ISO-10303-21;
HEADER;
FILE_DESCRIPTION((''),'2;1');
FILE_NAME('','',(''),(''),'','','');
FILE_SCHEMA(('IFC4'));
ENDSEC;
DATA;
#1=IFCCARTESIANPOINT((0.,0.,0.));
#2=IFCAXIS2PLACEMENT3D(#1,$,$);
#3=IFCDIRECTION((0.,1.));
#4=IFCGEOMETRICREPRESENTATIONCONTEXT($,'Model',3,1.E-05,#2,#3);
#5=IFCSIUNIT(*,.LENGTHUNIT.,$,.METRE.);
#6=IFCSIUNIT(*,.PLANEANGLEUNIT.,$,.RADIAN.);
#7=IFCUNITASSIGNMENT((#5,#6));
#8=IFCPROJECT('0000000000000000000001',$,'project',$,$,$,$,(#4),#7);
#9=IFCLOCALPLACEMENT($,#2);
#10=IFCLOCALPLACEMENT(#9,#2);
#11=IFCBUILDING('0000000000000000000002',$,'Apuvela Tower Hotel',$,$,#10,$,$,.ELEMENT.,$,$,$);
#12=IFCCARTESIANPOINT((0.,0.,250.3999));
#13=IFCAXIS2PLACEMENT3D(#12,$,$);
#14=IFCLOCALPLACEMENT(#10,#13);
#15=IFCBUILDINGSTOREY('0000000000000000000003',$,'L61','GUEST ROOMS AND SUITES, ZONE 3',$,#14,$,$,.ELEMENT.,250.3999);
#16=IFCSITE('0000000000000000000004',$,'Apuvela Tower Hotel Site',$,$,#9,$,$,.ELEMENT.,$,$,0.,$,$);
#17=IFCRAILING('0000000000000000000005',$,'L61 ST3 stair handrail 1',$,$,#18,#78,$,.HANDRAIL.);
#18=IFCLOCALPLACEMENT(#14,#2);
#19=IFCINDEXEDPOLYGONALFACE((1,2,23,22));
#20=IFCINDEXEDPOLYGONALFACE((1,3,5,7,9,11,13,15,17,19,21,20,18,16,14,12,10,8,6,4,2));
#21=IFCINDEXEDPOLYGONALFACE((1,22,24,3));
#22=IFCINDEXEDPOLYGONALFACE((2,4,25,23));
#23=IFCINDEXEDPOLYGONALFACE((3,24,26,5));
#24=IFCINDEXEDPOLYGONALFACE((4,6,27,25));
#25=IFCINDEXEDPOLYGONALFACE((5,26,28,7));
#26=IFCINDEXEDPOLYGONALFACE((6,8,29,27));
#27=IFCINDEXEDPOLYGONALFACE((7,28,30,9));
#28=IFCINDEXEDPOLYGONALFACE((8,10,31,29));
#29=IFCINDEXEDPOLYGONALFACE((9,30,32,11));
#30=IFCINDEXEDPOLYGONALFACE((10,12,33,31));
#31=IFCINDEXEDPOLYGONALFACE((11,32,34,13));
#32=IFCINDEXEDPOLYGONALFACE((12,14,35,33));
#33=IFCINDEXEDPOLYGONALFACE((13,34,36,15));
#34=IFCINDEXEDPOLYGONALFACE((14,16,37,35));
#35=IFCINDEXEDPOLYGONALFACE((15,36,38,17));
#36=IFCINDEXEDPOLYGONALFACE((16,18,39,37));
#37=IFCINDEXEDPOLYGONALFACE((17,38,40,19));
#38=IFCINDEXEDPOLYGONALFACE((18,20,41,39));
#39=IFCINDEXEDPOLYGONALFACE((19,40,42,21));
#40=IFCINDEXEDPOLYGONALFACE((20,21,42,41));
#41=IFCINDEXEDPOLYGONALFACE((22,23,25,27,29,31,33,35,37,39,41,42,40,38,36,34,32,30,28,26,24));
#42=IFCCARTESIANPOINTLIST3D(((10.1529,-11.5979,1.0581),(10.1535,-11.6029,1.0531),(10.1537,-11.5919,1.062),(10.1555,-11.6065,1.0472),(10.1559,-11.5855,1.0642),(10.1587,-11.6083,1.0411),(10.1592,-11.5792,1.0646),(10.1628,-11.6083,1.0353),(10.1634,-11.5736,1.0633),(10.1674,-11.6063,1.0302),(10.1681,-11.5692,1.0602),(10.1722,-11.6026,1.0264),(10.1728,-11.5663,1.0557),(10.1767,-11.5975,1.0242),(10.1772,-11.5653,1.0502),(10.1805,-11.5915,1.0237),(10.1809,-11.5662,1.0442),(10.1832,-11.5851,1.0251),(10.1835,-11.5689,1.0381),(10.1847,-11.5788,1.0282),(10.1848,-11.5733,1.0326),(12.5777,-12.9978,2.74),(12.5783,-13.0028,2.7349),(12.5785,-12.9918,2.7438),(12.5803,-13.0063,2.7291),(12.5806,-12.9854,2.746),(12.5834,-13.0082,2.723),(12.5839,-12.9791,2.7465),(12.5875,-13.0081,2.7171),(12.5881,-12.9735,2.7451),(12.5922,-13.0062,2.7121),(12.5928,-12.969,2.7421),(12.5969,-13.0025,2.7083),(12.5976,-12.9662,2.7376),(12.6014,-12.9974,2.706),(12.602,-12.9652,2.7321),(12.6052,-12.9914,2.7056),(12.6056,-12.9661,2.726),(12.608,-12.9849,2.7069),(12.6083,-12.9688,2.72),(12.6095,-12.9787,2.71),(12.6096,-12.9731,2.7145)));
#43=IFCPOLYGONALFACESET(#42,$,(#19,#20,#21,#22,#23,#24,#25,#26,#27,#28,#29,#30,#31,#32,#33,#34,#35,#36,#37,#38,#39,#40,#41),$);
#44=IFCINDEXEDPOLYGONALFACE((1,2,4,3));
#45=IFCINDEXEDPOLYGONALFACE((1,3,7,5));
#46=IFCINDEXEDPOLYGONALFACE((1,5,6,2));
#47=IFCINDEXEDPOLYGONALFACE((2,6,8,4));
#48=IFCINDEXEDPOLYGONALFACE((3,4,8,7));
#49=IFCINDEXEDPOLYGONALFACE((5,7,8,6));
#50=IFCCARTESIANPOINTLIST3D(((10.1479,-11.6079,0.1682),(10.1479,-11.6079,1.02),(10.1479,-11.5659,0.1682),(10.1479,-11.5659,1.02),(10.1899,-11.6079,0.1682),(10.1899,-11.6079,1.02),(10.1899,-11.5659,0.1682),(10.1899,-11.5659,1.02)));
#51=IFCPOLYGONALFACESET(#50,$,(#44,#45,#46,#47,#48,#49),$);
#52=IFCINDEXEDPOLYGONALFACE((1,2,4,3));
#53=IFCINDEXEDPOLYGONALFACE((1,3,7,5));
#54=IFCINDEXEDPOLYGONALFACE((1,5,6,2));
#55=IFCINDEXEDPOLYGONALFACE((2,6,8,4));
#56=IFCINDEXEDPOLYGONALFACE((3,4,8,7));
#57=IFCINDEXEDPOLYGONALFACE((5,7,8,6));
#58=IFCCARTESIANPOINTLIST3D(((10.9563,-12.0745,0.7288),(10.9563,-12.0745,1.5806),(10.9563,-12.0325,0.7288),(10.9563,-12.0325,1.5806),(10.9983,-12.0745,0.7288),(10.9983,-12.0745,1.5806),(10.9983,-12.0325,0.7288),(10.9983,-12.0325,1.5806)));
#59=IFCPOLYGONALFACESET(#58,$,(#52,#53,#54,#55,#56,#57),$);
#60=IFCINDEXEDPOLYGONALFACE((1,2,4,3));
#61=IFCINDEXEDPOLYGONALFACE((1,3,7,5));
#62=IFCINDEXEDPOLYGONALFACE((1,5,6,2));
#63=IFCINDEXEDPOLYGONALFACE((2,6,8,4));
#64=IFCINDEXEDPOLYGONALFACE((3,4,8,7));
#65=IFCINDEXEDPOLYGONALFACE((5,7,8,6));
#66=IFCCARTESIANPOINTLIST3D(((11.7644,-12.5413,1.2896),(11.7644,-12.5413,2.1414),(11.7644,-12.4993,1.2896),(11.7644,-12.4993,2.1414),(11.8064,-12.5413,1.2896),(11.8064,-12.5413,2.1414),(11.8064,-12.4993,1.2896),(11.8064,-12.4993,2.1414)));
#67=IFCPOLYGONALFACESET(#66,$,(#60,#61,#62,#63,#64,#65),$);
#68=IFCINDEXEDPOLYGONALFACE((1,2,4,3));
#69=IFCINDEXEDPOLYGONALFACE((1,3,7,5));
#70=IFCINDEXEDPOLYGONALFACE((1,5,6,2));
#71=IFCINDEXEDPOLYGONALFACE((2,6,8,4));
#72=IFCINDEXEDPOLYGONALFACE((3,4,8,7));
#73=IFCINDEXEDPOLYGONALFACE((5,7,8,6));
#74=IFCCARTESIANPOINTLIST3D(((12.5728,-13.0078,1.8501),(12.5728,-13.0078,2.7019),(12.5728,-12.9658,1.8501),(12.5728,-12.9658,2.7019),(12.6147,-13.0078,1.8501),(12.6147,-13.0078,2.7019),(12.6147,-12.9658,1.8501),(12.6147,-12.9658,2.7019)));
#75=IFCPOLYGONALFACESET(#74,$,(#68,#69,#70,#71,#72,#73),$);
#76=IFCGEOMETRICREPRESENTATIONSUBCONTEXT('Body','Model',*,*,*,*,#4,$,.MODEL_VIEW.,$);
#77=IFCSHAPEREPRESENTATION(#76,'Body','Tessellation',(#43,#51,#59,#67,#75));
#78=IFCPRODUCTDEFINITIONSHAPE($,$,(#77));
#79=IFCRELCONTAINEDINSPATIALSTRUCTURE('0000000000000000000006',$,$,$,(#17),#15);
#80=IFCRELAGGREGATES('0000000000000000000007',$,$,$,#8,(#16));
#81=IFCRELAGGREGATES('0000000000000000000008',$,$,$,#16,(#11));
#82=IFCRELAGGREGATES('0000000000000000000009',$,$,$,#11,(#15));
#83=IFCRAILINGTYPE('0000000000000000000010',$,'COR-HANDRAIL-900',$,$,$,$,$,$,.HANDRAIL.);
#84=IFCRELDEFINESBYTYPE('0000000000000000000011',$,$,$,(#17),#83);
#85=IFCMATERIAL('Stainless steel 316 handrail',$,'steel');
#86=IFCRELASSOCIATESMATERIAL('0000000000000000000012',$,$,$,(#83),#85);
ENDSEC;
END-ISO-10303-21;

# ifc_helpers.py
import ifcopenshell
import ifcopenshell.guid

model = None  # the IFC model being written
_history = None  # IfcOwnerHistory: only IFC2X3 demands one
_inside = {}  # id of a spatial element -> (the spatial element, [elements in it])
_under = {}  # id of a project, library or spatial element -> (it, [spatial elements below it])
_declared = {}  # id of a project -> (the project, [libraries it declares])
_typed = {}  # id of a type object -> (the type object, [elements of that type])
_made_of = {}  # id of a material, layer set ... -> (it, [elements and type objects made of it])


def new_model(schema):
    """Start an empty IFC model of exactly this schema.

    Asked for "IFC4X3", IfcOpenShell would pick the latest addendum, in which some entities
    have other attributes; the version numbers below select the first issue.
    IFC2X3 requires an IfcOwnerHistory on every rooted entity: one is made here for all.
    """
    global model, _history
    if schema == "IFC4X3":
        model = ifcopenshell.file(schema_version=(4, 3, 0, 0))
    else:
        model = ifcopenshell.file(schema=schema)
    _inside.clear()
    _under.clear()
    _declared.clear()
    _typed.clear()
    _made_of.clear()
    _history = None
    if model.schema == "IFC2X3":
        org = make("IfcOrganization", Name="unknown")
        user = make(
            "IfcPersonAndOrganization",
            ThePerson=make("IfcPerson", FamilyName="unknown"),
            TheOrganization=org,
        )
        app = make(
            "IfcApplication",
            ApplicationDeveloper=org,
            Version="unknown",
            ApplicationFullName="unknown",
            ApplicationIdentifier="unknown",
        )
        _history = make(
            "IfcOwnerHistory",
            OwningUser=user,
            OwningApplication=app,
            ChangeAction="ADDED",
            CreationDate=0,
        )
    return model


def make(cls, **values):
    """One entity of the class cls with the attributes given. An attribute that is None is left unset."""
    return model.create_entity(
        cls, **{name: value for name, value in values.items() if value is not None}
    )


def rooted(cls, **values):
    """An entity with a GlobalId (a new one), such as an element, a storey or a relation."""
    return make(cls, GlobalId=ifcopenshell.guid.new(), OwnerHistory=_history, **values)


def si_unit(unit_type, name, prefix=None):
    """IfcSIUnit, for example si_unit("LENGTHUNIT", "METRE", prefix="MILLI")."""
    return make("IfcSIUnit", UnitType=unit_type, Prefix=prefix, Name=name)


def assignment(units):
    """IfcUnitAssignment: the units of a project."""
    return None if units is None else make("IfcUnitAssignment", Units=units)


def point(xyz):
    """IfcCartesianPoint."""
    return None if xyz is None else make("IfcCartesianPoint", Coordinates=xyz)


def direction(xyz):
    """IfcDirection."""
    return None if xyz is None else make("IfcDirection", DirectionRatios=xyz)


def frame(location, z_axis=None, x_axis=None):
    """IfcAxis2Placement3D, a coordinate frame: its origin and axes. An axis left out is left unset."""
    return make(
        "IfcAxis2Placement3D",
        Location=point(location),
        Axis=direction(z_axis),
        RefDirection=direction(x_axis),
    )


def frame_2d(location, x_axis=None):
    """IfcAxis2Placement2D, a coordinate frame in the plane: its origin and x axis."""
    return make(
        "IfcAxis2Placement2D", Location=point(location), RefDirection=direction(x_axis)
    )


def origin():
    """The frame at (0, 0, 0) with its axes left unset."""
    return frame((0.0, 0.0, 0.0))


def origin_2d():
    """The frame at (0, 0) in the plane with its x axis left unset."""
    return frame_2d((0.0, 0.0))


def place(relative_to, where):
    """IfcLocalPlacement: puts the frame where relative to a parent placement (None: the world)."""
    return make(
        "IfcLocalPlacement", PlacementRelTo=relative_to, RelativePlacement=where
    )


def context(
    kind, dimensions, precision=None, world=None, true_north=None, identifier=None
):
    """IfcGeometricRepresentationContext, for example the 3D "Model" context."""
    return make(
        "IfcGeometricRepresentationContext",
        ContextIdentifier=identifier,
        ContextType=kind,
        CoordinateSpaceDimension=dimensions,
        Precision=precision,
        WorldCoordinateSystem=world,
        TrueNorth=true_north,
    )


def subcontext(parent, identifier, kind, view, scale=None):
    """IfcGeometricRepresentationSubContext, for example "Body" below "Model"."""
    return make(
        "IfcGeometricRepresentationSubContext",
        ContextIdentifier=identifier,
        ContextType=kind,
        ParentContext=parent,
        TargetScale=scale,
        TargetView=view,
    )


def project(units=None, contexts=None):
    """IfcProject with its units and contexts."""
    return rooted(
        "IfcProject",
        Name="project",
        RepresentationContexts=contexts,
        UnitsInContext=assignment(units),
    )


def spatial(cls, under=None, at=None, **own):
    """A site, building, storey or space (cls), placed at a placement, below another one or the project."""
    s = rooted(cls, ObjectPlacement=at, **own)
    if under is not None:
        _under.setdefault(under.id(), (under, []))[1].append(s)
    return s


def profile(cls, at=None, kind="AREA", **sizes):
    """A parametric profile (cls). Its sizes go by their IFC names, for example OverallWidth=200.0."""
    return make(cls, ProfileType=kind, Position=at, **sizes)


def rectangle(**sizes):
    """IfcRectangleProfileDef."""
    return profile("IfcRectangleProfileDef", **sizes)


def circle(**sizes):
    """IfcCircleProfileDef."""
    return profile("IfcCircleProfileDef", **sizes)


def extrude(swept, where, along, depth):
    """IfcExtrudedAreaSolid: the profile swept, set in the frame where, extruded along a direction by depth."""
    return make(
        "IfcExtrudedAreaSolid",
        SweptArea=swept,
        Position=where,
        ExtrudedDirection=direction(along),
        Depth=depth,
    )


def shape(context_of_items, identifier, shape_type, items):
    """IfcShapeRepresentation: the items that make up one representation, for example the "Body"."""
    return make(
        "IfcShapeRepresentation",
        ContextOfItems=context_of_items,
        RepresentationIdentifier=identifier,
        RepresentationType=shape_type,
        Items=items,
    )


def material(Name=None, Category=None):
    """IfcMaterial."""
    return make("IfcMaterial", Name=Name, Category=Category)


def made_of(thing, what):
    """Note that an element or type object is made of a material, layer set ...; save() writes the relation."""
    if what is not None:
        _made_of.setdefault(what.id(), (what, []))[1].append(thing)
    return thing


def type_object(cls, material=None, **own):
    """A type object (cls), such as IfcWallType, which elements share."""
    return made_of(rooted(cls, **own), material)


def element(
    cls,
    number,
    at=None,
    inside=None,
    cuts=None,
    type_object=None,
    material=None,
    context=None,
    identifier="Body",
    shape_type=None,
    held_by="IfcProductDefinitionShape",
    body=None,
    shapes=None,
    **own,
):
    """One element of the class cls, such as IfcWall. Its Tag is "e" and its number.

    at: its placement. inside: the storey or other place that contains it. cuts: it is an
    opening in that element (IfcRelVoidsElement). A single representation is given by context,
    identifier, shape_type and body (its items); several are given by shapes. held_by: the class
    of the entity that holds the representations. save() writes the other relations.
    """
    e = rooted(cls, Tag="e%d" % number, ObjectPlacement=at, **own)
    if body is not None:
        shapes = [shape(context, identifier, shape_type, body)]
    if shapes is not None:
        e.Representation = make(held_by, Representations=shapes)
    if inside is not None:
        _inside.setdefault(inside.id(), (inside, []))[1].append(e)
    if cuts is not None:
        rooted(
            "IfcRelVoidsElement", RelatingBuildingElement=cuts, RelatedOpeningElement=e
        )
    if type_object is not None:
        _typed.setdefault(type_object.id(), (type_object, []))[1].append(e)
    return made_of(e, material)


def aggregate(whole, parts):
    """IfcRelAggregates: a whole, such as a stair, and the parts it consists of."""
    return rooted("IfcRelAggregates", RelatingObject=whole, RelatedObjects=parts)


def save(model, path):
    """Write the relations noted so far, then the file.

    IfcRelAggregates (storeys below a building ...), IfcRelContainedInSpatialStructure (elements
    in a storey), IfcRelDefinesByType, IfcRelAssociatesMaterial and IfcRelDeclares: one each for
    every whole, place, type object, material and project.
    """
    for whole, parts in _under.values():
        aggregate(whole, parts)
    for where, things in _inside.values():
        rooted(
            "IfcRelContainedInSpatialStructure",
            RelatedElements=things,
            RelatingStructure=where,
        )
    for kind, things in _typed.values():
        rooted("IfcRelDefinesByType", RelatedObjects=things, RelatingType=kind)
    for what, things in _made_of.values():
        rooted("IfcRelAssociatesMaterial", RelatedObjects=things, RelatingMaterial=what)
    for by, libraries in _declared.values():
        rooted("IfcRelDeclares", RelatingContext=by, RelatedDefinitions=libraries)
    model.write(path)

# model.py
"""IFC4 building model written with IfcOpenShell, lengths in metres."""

from ifc_helpers import new_model, si_unit, direction, frame, origin, origin_2d, place, context, subcontext, project, spatial, rectangle, circle, extrude, material, type_object, element, save


model = new_model("IFC4")

# Units and contexts
model_context = context("Model", 3, precision=1e-05, world=origin(), true_north=direction((0.0, 1.0)))
body_context = subcontext(model_context, "Body", "Model", "MODEL_VIEW")
ifc_project = project(units=[si_unit("LENGTHUNIT", "METRE"), si_unit("PLANEANGLEUNIT", "RADIAN")], contexts=[model_context])

# Site, building, storey
site_placement = place(None, origin())
site = spatial("IfcSite", under=ifc_project, at=site_placement, Name="Apuvela Tower Hotel Site", CompositionType="ELEMENT", RefElevation=0.0)
building_placement = place(site_placement, origin())
building = spatial("IfcBuilding", under=site, at=building_placement, Name="Apuvela Tower Hotel", CompositionType="ELEMENT")
storey_placement = place(building_placement, frame((0.0, 0.0, 250.3999)))
storey = spatial("IfcBuildingStorey", under=building, at=storey_placement, Name="L61", Description="GUEST ROOMS AND SUITES, ZONE 3", CompositionType="ELEMENT", Elevation=250.3999)

# Railing
ifc_material_1 = material(Name="Stainless steel 316 handrail", Category="steel")
railing_type_1 = type_object("IfcRailingType", Name="COR-HANDRAIL-900", PredefinedType="HANDRAIL", material=ifc_material_1)
railing_1_placement = place(storey_placement, frame((10.1689, -11.5869, 0.1682)))
element("IfcRailing", 1, at=railing_1_placement, inside=storey, type_object=railing_type_1, Name="L61 ST3 stair handrail 1", PredefinedType="HANDRAIL", context=body_context, shape_type="SweptSolid", body=[
    extrude(circle(Radius=0.0239, at=origin_2d()), frame((0.0, 0.0, 0.876), z_axis=(0.74239, -0.428601, 0.514934), x_axis=(0.499984, 0.866035, 0.0)), (0.0, 0.0, 1.0), 3.2661),
    extrude(rectangle(XDim=0.042, YDim=0.042, at=origin_2d()), origin(), (0.0, 0.0, 1.0), 0.8518),
    extrude(rectangle(XDim=0.042, YDim=0.042, at=origin_2d()), frame((0.8083, -0.4666, 0.5605)), (0.0, 0.0, 1.0), 0.8518),
    extrude(rectangle(XDim=0.042, YDim=0.042, at=origin_2d()), frame((1.6165, -0.9333, 1.1213)), (0.0, 0.0, 1.0), 0.8518),
    extrude(rectangle(XDim=0.042, YDim=0.042, at=origin_2d()), frame((2.4248, -1.3999, 1.6819)), (0.0, 0.0, 1.0), 0.8518),
])

save(model, "model.ifc")
